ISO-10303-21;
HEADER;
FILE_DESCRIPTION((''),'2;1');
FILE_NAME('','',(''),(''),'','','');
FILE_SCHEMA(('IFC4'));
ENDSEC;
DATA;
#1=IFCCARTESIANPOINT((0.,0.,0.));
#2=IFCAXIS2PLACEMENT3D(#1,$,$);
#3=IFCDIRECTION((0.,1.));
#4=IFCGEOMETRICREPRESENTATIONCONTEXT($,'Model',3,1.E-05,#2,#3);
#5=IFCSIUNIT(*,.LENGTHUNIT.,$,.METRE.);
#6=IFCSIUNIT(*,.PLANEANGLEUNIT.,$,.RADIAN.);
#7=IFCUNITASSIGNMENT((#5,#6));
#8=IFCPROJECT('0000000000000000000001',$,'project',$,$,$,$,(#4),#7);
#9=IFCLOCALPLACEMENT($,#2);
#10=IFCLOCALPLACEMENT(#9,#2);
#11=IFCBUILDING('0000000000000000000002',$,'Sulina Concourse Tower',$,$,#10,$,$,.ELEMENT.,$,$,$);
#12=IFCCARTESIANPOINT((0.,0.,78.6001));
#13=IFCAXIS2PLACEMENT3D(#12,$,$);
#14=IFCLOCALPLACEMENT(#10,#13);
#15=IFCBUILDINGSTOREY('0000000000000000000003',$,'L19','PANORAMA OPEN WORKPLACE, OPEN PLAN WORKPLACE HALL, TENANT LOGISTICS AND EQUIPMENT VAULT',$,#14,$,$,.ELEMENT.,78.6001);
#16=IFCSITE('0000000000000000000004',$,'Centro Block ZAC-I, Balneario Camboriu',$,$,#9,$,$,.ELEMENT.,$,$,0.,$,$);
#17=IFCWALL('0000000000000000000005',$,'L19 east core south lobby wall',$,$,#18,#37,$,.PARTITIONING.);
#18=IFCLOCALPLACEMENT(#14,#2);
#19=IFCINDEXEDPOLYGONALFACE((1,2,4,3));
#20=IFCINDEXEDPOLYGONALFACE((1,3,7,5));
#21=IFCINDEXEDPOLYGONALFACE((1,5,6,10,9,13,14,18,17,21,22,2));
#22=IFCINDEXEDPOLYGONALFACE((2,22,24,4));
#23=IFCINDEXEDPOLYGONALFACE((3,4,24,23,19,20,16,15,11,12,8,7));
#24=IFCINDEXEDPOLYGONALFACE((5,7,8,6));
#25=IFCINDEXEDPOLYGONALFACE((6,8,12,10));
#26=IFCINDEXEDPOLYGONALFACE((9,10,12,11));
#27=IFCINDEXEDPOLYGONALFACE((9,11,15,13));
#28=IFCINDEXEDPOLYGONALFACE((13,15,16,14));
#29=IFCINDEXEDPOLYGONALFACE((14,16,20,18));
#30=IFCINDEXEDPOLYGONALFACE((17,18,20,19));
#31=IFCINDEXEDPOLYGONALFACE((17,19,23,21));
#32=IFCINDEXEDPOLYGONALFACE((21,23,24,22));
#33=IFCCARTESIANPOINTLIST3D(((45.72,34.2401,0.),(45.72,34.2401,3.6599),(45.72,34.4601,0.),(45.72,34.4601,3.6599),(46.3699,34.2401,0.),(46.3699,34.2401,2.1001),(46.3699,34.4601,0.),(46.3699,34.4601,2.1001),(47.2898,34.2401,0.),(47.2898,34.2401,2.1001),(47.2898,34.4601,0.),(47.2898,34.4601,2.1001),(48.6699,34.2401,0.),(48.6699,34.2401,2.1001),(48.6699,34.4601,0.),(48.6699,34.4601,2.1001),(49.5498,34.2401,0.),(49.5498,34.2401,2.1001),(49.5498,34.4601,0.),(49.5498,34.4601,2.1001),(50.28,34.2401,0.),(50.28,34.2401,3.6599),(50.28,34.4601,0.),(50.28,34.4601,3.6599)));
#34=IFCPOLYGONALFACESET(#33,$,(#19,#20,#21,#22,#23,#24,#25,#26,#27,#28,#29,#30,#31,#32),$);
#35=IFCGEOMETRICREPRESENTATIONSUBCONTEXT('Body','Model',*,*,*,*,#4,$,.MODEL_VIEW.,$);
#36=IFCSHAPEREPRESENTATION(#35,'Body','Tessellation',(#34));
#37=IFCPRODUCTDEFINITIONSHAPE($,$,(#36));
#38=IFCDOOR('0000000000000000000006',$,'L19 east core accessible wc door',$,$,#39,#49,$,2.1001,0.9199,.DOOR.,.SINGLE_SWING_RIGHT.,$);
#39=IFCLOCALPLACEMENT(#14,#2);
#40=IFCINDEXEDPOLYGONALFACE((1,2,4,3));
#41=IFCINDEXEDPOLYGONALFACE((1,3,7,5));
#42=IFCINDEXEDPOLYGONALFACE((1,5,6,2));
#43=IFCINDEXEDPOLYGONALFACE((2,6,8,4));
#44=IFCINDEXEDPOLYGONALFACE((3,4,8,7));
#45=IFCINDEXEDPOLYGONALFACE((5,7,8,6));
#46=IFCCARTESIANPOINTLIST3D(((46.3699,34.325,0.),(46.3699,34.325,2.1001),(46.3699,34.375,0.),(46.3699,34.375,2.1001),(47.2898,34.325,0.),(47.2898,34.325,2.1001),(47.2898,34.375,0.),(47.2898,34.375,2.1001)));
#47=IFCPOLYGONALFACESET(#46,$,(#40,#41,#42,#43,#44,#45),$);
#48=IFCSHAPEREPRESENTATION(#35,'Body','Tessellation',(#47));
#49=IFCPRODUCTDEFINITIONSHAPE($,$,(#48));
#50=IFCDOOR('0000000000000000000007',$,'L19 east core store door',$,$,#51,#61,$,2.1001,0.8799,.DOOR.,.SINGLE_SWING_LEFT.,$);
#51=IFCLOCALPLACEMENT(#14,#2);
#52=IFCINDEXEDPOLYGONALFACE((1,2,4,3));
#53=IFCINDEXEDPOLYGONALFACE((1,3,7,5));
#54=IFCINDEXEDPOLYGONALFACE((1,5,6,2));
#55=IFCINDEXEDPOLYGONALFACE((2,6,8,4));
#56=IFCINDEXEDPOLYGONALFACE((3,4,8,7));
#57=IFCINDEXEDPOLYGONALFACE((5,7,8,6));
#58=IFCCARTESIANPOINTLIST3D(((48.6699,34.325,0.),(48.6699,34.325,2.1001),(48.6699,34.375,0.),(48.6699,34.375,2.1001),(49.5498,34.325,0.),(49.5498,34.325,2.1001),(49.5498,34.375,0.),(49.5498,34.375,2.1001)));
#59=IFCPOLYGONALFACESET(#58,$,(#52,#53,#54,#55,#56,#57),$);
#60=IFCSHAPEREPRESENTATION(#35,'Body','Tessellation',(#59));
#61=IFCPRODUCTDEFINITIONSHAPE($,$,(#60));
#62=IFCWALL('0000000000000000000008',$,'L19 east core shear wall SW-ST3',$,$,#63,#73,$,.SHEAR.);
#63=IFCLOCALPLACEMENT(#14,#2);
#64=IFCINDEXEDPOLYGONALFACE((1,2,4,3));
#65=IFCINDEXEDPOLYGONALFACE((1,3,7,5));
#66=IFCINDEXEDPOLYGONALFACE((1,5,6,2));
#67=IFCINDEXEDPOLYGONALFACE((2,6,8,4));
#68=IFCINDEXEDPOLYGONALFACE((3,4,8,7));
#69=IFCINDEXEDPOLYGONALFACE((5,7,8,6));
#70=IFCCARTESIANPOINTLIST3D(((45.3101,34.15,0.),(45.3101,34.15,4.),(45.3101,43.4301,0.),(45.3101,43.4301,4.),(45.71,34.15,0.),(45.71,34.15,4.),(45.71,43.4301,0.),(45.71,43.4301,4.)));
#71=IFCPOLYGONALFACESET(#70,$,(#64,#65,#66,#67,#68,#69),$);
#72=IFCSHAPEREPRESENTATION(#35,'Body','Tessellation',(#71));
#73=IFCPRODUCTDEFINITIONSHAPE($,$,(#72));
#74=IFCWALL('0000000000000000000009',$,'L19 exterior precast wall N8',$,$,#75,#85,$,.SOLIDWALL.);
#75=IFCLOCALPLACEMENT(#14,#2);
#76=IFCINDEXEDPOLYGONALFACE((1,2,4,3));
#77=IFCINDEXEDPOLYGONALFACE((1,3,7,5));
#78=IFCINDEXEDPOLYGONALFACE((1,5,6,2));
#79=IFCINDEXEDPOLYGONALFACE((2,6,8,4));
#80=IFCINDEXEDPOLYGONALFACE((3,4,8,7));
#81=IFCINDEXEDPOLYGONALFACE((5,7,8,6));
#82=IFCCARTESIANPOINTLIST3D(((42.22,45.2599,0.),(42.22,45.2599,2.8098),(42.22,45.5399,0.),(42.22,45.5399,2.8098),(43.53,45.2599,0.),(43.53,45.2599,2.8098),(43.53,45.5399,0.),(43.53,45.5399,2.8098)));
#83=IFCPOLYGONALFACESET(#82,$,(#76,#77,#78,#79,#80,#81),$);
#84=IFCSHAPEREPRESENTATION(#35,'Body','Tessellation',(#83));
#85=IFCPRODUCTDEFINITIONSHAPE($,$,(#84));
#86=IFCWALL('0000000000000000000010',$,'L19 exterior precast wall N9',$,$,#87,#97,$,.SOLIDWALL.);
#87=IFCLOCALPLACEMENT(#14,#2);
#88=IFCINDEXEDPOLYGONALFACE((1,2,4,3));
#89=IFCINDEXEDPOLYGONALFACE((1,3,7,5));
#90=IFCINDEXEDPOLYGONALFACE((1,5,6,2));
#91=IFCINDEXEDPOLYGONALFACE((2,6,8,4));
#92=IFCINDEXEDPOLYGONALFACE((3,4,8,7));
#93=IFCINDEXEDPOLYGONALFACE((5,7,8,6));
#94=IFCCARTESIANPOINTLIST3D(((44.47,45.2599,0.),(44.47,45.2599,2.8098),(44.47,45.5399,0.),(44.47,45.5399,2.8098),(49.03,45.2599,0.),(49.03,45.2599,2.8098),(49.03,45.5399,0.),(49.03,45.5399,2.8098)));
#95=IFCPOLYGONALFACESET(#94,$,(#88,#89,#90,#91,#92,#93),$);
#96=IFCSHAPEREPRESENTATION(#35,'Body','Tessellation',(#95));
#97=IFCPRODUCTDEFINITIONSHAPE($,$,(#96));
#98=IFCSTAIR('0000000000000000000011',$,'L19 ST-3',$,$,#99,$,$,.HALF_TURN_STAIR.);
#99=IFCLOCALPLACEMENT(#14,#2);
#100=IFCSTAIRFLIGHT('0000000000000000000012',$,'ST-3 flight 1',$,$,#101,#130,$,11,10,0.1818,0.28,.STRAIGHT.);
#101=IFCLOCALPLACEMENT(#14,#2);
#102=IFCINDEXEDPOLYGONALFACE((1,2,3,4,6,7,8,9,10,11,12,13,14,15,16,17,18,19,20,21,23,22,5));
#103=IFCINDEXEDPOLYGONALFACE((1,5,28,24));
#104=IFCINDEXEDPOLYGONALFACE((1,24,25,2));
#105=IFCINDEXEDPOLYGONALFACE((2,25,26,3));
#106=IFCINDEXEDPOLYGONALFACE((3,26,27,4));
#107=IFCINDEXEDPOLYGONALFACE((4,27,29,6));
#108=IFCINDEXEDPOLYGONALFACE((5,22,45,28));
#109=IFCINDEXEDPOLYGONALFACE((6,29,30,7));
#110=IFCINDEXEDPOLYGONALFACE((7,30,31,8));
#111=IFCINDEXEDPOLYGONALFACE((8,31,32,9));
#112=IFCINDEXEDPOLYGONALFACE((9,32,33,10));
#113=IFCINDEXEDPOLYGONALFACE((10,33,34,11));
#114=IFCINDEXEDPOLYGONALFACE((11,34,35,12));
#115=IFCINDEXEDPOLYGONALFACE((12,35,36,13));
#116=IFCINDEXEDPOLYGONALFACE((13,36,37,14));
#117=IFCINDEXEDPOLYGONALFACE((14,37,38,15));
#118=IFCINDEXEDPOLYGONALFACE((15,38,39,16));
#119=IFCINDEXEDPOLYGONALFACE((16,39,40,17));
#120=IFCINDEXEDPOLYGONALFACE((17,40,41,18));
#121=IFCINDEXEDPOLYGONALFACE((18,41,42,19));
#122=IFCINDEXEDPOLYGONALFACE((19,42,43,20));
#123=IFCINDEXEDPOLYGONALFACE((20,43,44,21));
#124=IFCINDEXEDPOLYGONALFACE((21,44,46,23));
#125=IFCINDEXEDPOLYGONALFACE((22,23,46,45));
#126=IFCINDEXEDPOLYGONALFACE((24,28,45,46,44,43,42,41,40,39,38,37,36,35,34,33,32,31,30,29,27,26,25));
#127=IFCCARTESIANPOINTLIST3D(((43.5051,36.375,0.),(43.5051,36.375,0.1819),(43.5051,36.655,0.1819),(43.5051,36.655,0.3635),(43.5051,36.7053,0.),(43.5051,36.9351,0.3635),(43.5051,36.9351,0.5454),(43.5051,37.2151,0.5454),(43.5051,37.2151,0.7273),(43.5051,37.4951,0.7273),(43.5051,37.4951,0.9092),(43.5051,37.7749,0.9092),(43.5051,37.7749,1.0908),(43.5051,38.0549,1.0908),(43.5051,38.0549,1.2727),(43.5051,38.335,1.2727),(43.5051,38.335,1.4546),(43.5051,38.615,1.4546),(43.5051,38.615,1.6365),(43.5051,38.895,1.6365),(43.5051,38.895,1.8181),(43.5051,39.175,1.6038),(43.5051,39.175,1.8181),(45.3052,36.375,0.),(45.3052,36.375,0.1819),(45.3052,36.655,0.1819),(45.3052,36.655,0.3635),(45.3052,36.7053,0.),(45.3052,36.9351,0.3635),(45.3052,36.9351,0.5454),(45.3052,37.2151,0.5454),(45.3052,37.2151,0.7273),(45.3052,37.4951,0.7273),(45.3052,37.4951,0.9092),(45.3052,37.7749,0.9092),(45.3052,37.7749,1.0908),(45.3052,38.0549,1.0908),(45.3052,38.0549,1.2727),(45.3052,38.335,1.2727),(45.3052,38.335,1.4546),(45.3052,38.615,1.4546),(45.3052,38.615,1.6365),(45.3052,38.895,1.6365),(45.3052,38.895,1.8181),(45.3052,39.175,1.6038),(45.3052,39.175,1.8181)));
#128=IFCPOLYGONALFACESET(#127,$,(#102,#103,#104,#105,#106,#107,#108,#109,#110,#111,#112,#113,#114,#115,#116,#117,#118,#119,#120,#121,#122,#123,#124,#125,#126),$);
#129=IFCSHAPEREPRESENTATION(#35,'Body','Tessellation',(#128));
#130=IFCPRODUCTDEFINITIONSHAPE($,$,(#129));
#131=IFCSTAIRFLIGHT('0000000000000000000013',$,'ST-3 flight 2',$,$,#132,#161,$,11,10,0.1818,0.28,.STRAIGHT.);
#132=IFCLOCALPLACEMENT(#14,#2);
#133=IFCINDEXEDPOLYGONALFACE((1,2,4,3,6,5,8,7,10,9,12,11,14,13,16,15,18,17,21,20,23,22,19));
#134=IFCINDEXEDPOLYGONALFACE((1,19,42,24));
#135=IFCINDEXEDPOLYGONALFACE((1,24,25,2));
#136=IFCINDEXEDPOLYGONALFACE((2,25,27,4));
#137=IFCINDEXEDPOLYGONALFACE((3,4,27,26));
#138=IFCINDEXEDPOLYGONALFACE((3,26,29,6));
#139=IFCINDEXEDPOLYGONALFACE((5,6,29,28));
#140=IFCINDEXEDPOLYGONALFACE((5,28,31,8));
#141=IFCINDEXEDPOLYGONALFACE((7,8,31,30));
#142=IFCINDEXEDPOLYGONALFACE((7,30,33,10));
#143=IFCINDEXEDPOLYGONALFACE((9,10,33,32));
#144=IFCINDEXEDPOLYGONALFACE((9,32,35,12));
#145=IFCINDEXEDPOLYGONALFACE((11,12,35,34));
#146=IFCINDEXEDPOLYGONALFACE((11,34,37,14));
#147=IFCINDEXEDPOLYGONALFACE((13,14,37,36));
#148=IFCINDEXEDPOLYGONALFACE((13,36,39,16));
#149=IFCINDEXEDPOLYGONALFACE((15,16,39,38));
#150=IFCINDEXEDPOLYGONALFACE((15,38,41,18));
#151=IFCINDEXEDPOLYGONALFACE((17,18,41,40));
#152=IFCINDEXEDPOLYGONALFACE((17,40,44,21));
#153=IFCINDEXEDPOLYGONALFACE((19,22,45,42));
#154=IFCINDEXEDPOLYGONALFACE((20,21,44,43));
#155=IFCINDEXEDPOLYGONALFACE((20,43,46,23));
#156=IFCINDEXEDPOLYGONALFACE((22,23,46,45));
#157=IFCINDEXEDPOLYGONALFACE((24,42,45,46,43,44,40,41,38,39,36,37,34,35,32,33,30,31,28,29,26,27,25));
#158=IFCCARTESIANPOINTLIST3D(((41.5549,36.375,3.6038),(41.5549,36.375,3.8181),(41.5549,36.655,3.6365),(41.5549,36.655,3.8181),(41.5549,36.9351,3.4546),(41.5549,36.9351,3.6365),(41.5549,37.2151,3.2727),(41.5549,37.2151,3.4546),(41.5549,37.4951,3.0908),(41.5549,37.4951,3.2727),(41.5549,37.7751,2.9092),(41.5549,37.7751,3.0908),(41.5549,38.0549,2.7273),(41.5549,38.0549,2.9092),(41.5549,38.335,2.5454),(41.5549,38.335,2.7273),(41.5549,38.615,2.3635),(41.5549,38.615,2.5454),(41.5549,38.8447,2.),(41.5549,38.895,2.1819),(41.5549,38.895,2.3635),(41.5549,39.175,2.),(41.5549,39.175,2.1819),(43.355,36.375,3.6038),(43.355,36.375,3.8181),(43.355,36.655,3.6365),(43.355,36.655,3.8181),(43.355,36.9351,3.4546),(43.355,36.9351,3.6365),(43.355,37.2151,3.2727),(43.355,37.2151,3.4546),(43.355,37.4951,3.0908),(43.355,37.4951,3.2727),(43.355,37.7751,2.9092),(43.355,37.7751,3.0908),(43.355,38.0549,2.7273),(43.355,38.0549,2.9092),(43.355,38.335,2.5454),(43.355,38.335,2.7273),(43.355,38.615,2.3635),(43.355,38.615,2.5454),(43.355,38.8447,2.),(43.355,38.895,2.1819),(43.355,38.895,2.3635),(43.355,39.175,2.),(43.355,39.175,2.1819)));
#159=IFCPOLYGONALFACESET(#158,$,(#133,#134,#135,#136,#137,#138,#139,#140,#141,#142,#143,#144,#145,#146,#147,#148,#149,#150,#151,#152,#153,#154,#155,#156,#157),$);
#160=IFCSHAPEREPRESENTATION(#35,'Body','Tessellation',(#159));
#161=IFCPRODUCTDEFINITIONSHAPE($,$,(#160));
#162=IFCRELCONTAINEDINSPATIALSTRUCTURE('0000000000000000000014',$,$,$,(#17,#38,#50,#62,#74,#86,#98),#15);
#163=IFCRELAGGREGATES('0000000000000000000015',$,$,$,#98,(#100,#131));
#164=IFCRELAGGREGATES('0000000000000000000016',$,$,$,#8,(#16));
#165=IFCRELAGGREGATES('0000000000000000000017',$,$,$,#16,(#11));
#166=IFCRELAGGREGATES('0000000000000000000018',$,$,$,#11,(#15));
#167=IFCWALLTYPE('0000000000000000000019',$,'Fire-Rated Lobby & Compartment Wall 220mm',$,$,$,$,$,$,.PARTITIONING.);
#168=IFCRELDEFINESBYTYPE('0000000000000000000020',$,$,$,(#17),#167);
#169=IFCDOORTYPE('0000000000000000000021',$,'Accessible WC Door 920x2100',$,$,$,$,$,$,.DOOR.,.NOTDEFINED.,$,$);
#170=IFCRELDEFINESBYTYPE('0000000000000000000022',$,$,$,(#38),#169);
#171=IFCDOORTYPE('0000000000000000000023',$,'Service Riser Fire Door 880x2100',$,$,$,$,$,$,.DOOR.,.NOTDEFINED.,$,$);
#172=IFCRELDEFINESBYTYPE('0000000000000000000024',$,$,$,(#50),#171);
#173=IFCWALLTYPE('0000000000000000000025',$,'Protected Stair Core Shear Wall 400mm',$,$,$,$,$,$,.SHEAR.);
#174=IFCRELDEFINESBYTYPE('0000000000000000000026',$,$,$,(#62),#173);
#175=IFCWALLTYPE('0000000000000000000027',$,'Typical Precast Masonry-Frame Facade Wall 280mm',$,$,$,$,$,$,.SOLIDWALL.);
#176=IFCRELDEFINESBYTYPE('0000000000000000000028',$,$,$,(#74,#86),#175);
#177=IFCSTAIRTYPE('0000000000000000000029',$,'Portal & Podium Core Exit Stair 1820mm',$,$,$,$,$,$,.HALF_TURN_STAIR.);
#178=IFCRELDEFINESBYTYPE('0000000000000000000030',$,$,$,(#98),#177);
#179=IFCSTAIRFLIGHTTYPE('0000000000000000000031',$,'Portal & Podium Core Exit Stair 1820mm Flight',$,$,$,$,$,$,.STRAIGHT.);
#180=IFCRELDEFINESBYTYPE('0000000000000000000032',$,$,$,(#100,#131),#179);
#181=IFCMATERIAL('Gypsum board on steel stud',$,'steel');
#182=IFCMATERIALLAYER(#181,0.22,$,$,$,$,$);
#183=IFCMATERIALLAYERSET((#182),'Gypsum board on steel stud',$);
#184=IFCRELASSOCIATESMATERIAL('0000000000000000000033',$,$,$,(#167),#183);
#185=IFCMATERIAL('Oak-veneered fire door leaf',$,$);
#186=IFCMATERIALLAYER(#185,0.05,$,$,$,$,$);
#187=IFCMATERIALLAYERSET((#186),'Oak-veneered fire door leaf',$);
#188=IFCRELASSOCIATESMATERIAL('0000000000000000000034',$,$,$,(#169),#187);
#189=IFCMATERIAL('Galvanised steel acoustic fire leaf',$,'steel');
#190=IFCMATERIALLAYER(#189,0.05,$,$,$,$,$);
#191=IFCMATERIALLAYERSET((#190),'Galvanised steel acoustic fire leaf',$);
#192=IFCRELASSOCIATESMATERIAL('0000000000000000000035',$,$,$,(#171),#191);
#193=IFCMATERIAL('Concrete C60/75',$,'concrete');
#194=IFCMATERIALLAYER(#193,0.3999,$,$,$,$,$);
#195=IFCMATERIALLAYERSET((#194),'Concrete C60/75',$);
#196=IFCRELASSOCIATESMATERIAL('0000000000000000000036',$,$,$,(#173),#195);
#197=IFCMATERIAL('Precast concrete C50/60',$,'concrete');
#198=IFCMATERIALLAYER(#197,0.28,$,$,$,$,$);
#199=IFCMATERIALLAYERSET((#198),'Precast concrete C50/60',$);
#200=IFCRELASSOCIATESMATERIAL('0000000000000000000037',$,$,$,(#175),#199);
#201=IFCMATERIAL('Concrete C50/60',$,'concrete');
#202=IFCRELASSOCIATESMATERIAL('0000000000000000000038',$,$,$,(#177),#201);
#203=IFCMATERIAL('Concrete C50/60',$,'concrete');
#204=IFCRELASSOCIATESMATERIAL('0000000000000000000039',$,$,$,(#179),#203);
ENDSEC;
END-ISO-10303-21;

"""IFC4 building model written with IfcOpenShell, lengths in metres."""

from ifc_helpers import new_model, si_unit, direction, frame, frame_2d, origin, place, context, subcontext, project, spatial, polyline, rectangle, outline, extrude, material, layer, layer_set, type_object, element, fill, aggregate, save


model = new_model("IFC4")

# Units and contexts
model_context = context("Model", 3, precision=1e-05, world=origin(), true_north=direction((0.0, 1.0)))
body_context = subcontext(model_context, "Body", "Model", "MODEL_VIEW")
ifc_project = project(units=[si_unit("LENGTHUNIT", "METRE"), si_unit("PLANEANGLEUNIT", "RADIAN")], contexts=[model_context])

# Site, building, storey
site_placement = place(None, origin())
site = spatial("IfcSite", under=ifc_project, at=site_placement, Name="Centro Block ZAC-I, Balneario Camboriu", CompositionType="ELEMENT", RefElevation=0.0)
building_placement = place(site_placement, origin())
building = spatial("IfcBuilding", under=site, at=building_placement, Name="Sulina Concourse Tower", CompositionType="ELEMENT")
storey_placement = place(building_placement, frame((0.0, 0.0, 78.6001)))
storey = spatial("IfcBuildingStorey", under=building, at=storey_placement, Name="L19", Description="PANORAMA OPEN WORKPLACE, OPEN PLAN WORKPLACE HALL, TENANT LOGISTICS AND EQUIPMENT VAULT", CompositionType="ELEMENT", Elevation=78.6001)

# Wall, openings, doors
ifc_material_1 = material(Name="Gypsum board on steel stud", Category="steel")
ifc_layer_1 = layer(ifc_material_1, 0.22)
ifc_layer_set_1 = layer_set([ifc_layer_1], Name="Gypsum board on steel stud")
wall_type_1 = type_object("IfcWallType", Name="Fire-Rated Lobby & Compartment Wall 220mm", PredefinedType="PARTITIONING", material=ifc_layer_set_1)
wall_1_placement = place(storey_placement, frame((45.72, 34.3501, 0.0), z_axis=(0.0, 0.0, 1.0), x_axis=(1.0, 0.0, 0.0)))
wall_1 = element("IfcWall", 1, at=wall_1_placement, inside=storey, type_object=wall_type_1, Name="L19 east core south lobby wall", PredefinedType="PARTITIONING", context=body_context, shape_type="SweptSolid", body=[
    extrude(rectangle(XDim=4.5601, YDim=0.22, at=frame_2d((2.28, 0.0))), origin(), (0.0, 0.0, 1.0), 3.6599),
])
opening_1_placement = place(wall_1_placement, frame((0.6499, 0.0, 0.0)))
opening_1 = element("IfcOpeningElement", 2, at=opening_1_placement, cuts=wall_1, PredefinedType="OPENING", context=body_context, shape_type="SweptSolid", body=[
    extrude(rectangle(XDim=0.9199, YDim=2.1001, at=frame_2d((0.46, 1.05))), frame((0.0, 0.1199, 0.0), z_axis=(0.0, -1.0, 0.0), x_axis=(1.0, 0.0, 0.0)), (0.0, 0.0, 1.0), 0.24),
])
opening_2_placement = place(wall_1_placement, frame((2.95, 0.0, 0.0)))
opening_2 = element("IfcOpeningElement", 3, at=opening_2_placement, cuts=wall_1, PredefinedType="OPENING", context=body_context, shape_type="SweptSolid", body=[
    extrude(rectangle(XDim=0.8799, YDim=2.1001, at=frame_2d((0.4399, 1.05))), frame((0.0, 0.1199, 0.0), z_axis=(0.0, -1.0, 0.0), x_axis=(1.0, 0.0, 0.0)), (0.0, 0.0, 1.0), 0.24),
])
ifc_material_2 = material(Name="Oak-veneered fire door leaf")
ifc_layer_2 = layer(ifc_material_2, 0.05)
ifc_layer_set_2 = layer_set([ifc_layer_2], Name="Oak-veneered fire door leaf")
door_type_1 = type_object("IfcDoorType", Name="Accessible WC Door 920x2100", OperationType="NOTDEFINED", PredefinedType="DOOR", material=ifc_layer_set_2)
door_1_placement = place(opening_1_placement, origin())
door_1 = element("IfcDoor", 4, at=door_1_placement, inside=storey, type_object=door_type_1, Name="L19 east core accessible wc door", OperationType="SINGLE_SWING_RIGHT", OverallHeight=2.1001, OverallWidth=0.9199, PredefinedType="DOOR", context=body_context, shape_type="SweptSolid", body=[
    extrude(rectangle(XDim=0.9199, YDim=2.1001, at=frame_2d((0.46, 1.05))), frame((0.0, 0.0249, 0.0), z_axis=(0.0, -1.0, 0.0), x_axis=(1.0, 0.0, 0.0)), (0.0, 0.0, 1.0), 0.05),
])
fill(opening_1, door_1)
ifc_material_3 = material(Name="Galvanised steel acoustic fire leaf", Category="steel")
ifc_layer_3 = layer(ifc_material_3, 0.05)
ifc_layer_set_3 = layer_set([ifc_layer_3], Name="Galvanised steel acoustic fire leaf")
door_type_2 = type_object("IfcDoorType", Name="Service Riser Fire Door 880x2100", OperationType="NOTDEFINED", PredefinedType="DOOR", material=ifc_layer_set_3)
door_2_placement = place(opening_2_placement, origin())
door_2 = element("IfcDoor", 5, at=door_2_placement, inside=storey, type_object=door_type_2, Name="L19 east core store door", OperationType="SINGLE_SWING_LEFT", OverallHeight=2.1001, OverallWidth=0.8799, PredefinedType="DOOR", context=body_context, shape_type="SweptSolid", body=[
    extrude(rectangle(XDim=0.8799, YDim=2.1001, at=frame_2d((0.4399, 1.05))), frame((0.0, 0.0249, 0.0), z_axis=(0.0, -1.0, 0.0), x_axis=(1.0, 0.0, 0.0)), (0.0, 0.0, 1.0), 0.05),
])
fill(opening_2, door_2)

# Walls
ifc_material_4 = material(Name="Concrete C60/75", Category="concrete")
ifc_layer_4 = layer(ifc_material_4, 0.3999)
ifc_layer_set_4 = layer_set([ifc_layer_4], Name="Concrete C60/75")
wall_type_2 = type_object("IfcWallType", Name="Protected Stair Core Shear Wall 400mm", PredefinedType="SHEAR", material=ifc_layer_set_4)
wall_2_placement = place(storey_placement, frame((45.51, 34.1499, 0.0), z_axis=(0.0, 0.0, 1.0), x_axis=(0.0, 1.0, 0.0)))
element("IfcWall", 6, at=wall_2_placement, inside=storey, type_object=wall_type_2, Name="L19 east core shear wall SW-ST3", PredefinedType="SHEAR", context=body_context, shape_type="SweptSolid", body=[
    extrude(rectangle(XDim=9.28, YDim=0.3999, at=frame_2d((4.6401, 0.0))), origin(), (0.0, 0.0, 1.0), 4.0),
])
ifc_material_5 = material(Name="Precast concrete C50/60", Category="concrete")
ifc_layer_5 = layer(ifc_material_5, 0.28)
ifc_layer_set_5 = layer_set([ifc_layer_5], Name="Precast concrete C50/60")
wall_type_3 = type_object("IfcWallType", Name="Typical Precast Masonry-Frame Facade Wall 280mm", PredefinedType="SOLIDWALL", material=ifc_layer_set_5)
wall_3_placement = place(storey_placement, frame((42.22, 45.3999, 0.0), z_axis=(0.0, 0.0, 1.0), x_axis=(1.0, 0.0, 0.0)))
element("IfcWall", 7, at=wall_3_placement, inside=storey, type_object=wall_type_3, Name="L19 exterior precast wall N8", PredefinedType="SOLIDWALL", context=body_context, shape_type="SweptSolid", body=[
    extrude(rectangle(XDim=1.3101, YDim=0.28, at=frame_2d((0.655, 0.0))), origin(), (0.0, 0.0, 1.0), 2.8098),
])
wall_4_placement = place(storey_placement, frame((44.47, 45.3999, 0.0), z_axis=(0.0, 0.0, 1.0), x_axis=(1.0, 0.0, 0.0)))
element("IfcWall", 8, at=wall_4_placement, inside=storey, type_object=wall_type_3, Name="L19 exterior precast wall N9", PredefinedType="SOLIDWALL", context=body_context, shape_type="SweptSolid", body=[
    extrude(rectangle(XDim=4.5601, YDim=0.28, at=frame_2d((2.28, 0.0))), origin(), (0.0, 0.0, 1.0), 2.8098),
])

# Stair, stair flights
ifc_material_6 = material(Name="Concrete C50/60", Category="concrete")
stair_type = type_object("IfcStairType", Name="Portal & Podium Core Exit Stair 1820mm", PredefinedType="HALF_TURN_STAIR", material=ifc_material_6)
stair_placement = place(storey_placement, origin())
stair = element("IfcStair", 9, at=stair_placement, inside=storey, type_object=stair_type, Name="L19 ST-3", PredefinedType="HALF_TURN_STAIR")
ifc_material_7 = material(Name="Concrete C50/60", Category="concrete")
stair_flight_type = type_object("IfcStairFlightType", Name="Portal & Podium Core Exit Stair 1820mm Flight", PredefinedType="STRAIGHT", material=ifc_material_7)
stair_flight_1_placement = place(storey_placement, frame((44.405, 36.375, 0.0), z_axis=(0.0, 0.0, 1.0), x_axis=(0.0, 1.0, 0.0)))
stair_flight_1 = element("IfcStairFlight", 10, at=stair_flight_1_placement, type_object=stair_flight_type, Name="ST-3 flight 1", NumberOfRisers=11, NumberOfTreads=10, PredefinedType="STRAIGHT", RiserHeight=0.1818, TreadLength=0.28, context=body_context, shape_type="SweptSolid", body=[
    extrude(outline(polyline([(0.0, 0.0), (0.0, 0.1819), (0.28, 0.1819), (0.28, 0.3635), (0.5601, 0.3635), (0.5601, 0.5454), (0.8401, 0.5454), (0.8401, 0.7273), (1.1201, 0.7273), (1.1201, 0.9092), (1.3999, 0.9092), (1.3999, 1.0908), (1.6799, 1.0908), (1.6799, 1.2727), (1.96, 1.2727), (1.96, 1.4546), (2.24, 1.4546), (2.24, 1.6365), (2.52, 1.6365), (2.52, 1.8181), (2.8, 1.8181), (2.8, 2.0), (2.8, 1.6038), (0.3303, 0.0), (0.0, 0.0)])), frame((0.0, 0.8999, 0.0), z_axis=(0.0, -1.0, 0.0), x_axis=(1.0, 0.0, 0.0)), (0.0, 0.0, 1.0), 1.8),
])
stair_flight_2_placement = place(storey_placement, frame((42.4551, 39.175, 2.0), z_axis=(0.0, 0.0, 1.0), x_axis=(0.0, -1.0, 0.0)))
stair_flight_2 = element("IfcStairFlight", 11, at=stair_flight_2_placement, type_object=stair_flight_type, Name="ST-3 flight 2", NumberOfRisers=11, NumberOfTreads=10, PredefinedType="STRAIGHT", RiserHeight=0.1818, TreadLength=0.28, context=body_context, shape_type="SweptSolid", body=[
    extrude(outline(polyline([(0.0, 0.0), (0.0, 0.1819), (0.28, 0.1819), (0.28, 0.3635), (0.5601, 0.3635), (0.5601, 0.5454), (0.8401, 0.5454), (0.8401, 0.7273), (1.1201, 0.7273), (1.1201, 0.9092), (1.3999, 0.9092), (1.3999, 1.0908), (1.6799, 1.0908), (1.6799, 1.2727), (1.96, 1.2727), (1.96, 1.4546), (2.24, 1.4546), (2.24, 1.6365), (2.52, 1.6365), (2.52, 1.8181), (2.8, 1.8181), (2.8, 2.0), (2.8, 1.6038), (0.3303, 0.0), (0.0, 0.0)])), frame((0.0, 0.8999, 0.0), z_axis=(0.0, -1.0, 0.0), x_axis=(1.0, 0.0, 0.0)), (0.0, 0.0, 1.0), 1.8),
])
aggregate(stair, [stair_flight_1, stair_flight_2])

save(model, "model.ifc")
